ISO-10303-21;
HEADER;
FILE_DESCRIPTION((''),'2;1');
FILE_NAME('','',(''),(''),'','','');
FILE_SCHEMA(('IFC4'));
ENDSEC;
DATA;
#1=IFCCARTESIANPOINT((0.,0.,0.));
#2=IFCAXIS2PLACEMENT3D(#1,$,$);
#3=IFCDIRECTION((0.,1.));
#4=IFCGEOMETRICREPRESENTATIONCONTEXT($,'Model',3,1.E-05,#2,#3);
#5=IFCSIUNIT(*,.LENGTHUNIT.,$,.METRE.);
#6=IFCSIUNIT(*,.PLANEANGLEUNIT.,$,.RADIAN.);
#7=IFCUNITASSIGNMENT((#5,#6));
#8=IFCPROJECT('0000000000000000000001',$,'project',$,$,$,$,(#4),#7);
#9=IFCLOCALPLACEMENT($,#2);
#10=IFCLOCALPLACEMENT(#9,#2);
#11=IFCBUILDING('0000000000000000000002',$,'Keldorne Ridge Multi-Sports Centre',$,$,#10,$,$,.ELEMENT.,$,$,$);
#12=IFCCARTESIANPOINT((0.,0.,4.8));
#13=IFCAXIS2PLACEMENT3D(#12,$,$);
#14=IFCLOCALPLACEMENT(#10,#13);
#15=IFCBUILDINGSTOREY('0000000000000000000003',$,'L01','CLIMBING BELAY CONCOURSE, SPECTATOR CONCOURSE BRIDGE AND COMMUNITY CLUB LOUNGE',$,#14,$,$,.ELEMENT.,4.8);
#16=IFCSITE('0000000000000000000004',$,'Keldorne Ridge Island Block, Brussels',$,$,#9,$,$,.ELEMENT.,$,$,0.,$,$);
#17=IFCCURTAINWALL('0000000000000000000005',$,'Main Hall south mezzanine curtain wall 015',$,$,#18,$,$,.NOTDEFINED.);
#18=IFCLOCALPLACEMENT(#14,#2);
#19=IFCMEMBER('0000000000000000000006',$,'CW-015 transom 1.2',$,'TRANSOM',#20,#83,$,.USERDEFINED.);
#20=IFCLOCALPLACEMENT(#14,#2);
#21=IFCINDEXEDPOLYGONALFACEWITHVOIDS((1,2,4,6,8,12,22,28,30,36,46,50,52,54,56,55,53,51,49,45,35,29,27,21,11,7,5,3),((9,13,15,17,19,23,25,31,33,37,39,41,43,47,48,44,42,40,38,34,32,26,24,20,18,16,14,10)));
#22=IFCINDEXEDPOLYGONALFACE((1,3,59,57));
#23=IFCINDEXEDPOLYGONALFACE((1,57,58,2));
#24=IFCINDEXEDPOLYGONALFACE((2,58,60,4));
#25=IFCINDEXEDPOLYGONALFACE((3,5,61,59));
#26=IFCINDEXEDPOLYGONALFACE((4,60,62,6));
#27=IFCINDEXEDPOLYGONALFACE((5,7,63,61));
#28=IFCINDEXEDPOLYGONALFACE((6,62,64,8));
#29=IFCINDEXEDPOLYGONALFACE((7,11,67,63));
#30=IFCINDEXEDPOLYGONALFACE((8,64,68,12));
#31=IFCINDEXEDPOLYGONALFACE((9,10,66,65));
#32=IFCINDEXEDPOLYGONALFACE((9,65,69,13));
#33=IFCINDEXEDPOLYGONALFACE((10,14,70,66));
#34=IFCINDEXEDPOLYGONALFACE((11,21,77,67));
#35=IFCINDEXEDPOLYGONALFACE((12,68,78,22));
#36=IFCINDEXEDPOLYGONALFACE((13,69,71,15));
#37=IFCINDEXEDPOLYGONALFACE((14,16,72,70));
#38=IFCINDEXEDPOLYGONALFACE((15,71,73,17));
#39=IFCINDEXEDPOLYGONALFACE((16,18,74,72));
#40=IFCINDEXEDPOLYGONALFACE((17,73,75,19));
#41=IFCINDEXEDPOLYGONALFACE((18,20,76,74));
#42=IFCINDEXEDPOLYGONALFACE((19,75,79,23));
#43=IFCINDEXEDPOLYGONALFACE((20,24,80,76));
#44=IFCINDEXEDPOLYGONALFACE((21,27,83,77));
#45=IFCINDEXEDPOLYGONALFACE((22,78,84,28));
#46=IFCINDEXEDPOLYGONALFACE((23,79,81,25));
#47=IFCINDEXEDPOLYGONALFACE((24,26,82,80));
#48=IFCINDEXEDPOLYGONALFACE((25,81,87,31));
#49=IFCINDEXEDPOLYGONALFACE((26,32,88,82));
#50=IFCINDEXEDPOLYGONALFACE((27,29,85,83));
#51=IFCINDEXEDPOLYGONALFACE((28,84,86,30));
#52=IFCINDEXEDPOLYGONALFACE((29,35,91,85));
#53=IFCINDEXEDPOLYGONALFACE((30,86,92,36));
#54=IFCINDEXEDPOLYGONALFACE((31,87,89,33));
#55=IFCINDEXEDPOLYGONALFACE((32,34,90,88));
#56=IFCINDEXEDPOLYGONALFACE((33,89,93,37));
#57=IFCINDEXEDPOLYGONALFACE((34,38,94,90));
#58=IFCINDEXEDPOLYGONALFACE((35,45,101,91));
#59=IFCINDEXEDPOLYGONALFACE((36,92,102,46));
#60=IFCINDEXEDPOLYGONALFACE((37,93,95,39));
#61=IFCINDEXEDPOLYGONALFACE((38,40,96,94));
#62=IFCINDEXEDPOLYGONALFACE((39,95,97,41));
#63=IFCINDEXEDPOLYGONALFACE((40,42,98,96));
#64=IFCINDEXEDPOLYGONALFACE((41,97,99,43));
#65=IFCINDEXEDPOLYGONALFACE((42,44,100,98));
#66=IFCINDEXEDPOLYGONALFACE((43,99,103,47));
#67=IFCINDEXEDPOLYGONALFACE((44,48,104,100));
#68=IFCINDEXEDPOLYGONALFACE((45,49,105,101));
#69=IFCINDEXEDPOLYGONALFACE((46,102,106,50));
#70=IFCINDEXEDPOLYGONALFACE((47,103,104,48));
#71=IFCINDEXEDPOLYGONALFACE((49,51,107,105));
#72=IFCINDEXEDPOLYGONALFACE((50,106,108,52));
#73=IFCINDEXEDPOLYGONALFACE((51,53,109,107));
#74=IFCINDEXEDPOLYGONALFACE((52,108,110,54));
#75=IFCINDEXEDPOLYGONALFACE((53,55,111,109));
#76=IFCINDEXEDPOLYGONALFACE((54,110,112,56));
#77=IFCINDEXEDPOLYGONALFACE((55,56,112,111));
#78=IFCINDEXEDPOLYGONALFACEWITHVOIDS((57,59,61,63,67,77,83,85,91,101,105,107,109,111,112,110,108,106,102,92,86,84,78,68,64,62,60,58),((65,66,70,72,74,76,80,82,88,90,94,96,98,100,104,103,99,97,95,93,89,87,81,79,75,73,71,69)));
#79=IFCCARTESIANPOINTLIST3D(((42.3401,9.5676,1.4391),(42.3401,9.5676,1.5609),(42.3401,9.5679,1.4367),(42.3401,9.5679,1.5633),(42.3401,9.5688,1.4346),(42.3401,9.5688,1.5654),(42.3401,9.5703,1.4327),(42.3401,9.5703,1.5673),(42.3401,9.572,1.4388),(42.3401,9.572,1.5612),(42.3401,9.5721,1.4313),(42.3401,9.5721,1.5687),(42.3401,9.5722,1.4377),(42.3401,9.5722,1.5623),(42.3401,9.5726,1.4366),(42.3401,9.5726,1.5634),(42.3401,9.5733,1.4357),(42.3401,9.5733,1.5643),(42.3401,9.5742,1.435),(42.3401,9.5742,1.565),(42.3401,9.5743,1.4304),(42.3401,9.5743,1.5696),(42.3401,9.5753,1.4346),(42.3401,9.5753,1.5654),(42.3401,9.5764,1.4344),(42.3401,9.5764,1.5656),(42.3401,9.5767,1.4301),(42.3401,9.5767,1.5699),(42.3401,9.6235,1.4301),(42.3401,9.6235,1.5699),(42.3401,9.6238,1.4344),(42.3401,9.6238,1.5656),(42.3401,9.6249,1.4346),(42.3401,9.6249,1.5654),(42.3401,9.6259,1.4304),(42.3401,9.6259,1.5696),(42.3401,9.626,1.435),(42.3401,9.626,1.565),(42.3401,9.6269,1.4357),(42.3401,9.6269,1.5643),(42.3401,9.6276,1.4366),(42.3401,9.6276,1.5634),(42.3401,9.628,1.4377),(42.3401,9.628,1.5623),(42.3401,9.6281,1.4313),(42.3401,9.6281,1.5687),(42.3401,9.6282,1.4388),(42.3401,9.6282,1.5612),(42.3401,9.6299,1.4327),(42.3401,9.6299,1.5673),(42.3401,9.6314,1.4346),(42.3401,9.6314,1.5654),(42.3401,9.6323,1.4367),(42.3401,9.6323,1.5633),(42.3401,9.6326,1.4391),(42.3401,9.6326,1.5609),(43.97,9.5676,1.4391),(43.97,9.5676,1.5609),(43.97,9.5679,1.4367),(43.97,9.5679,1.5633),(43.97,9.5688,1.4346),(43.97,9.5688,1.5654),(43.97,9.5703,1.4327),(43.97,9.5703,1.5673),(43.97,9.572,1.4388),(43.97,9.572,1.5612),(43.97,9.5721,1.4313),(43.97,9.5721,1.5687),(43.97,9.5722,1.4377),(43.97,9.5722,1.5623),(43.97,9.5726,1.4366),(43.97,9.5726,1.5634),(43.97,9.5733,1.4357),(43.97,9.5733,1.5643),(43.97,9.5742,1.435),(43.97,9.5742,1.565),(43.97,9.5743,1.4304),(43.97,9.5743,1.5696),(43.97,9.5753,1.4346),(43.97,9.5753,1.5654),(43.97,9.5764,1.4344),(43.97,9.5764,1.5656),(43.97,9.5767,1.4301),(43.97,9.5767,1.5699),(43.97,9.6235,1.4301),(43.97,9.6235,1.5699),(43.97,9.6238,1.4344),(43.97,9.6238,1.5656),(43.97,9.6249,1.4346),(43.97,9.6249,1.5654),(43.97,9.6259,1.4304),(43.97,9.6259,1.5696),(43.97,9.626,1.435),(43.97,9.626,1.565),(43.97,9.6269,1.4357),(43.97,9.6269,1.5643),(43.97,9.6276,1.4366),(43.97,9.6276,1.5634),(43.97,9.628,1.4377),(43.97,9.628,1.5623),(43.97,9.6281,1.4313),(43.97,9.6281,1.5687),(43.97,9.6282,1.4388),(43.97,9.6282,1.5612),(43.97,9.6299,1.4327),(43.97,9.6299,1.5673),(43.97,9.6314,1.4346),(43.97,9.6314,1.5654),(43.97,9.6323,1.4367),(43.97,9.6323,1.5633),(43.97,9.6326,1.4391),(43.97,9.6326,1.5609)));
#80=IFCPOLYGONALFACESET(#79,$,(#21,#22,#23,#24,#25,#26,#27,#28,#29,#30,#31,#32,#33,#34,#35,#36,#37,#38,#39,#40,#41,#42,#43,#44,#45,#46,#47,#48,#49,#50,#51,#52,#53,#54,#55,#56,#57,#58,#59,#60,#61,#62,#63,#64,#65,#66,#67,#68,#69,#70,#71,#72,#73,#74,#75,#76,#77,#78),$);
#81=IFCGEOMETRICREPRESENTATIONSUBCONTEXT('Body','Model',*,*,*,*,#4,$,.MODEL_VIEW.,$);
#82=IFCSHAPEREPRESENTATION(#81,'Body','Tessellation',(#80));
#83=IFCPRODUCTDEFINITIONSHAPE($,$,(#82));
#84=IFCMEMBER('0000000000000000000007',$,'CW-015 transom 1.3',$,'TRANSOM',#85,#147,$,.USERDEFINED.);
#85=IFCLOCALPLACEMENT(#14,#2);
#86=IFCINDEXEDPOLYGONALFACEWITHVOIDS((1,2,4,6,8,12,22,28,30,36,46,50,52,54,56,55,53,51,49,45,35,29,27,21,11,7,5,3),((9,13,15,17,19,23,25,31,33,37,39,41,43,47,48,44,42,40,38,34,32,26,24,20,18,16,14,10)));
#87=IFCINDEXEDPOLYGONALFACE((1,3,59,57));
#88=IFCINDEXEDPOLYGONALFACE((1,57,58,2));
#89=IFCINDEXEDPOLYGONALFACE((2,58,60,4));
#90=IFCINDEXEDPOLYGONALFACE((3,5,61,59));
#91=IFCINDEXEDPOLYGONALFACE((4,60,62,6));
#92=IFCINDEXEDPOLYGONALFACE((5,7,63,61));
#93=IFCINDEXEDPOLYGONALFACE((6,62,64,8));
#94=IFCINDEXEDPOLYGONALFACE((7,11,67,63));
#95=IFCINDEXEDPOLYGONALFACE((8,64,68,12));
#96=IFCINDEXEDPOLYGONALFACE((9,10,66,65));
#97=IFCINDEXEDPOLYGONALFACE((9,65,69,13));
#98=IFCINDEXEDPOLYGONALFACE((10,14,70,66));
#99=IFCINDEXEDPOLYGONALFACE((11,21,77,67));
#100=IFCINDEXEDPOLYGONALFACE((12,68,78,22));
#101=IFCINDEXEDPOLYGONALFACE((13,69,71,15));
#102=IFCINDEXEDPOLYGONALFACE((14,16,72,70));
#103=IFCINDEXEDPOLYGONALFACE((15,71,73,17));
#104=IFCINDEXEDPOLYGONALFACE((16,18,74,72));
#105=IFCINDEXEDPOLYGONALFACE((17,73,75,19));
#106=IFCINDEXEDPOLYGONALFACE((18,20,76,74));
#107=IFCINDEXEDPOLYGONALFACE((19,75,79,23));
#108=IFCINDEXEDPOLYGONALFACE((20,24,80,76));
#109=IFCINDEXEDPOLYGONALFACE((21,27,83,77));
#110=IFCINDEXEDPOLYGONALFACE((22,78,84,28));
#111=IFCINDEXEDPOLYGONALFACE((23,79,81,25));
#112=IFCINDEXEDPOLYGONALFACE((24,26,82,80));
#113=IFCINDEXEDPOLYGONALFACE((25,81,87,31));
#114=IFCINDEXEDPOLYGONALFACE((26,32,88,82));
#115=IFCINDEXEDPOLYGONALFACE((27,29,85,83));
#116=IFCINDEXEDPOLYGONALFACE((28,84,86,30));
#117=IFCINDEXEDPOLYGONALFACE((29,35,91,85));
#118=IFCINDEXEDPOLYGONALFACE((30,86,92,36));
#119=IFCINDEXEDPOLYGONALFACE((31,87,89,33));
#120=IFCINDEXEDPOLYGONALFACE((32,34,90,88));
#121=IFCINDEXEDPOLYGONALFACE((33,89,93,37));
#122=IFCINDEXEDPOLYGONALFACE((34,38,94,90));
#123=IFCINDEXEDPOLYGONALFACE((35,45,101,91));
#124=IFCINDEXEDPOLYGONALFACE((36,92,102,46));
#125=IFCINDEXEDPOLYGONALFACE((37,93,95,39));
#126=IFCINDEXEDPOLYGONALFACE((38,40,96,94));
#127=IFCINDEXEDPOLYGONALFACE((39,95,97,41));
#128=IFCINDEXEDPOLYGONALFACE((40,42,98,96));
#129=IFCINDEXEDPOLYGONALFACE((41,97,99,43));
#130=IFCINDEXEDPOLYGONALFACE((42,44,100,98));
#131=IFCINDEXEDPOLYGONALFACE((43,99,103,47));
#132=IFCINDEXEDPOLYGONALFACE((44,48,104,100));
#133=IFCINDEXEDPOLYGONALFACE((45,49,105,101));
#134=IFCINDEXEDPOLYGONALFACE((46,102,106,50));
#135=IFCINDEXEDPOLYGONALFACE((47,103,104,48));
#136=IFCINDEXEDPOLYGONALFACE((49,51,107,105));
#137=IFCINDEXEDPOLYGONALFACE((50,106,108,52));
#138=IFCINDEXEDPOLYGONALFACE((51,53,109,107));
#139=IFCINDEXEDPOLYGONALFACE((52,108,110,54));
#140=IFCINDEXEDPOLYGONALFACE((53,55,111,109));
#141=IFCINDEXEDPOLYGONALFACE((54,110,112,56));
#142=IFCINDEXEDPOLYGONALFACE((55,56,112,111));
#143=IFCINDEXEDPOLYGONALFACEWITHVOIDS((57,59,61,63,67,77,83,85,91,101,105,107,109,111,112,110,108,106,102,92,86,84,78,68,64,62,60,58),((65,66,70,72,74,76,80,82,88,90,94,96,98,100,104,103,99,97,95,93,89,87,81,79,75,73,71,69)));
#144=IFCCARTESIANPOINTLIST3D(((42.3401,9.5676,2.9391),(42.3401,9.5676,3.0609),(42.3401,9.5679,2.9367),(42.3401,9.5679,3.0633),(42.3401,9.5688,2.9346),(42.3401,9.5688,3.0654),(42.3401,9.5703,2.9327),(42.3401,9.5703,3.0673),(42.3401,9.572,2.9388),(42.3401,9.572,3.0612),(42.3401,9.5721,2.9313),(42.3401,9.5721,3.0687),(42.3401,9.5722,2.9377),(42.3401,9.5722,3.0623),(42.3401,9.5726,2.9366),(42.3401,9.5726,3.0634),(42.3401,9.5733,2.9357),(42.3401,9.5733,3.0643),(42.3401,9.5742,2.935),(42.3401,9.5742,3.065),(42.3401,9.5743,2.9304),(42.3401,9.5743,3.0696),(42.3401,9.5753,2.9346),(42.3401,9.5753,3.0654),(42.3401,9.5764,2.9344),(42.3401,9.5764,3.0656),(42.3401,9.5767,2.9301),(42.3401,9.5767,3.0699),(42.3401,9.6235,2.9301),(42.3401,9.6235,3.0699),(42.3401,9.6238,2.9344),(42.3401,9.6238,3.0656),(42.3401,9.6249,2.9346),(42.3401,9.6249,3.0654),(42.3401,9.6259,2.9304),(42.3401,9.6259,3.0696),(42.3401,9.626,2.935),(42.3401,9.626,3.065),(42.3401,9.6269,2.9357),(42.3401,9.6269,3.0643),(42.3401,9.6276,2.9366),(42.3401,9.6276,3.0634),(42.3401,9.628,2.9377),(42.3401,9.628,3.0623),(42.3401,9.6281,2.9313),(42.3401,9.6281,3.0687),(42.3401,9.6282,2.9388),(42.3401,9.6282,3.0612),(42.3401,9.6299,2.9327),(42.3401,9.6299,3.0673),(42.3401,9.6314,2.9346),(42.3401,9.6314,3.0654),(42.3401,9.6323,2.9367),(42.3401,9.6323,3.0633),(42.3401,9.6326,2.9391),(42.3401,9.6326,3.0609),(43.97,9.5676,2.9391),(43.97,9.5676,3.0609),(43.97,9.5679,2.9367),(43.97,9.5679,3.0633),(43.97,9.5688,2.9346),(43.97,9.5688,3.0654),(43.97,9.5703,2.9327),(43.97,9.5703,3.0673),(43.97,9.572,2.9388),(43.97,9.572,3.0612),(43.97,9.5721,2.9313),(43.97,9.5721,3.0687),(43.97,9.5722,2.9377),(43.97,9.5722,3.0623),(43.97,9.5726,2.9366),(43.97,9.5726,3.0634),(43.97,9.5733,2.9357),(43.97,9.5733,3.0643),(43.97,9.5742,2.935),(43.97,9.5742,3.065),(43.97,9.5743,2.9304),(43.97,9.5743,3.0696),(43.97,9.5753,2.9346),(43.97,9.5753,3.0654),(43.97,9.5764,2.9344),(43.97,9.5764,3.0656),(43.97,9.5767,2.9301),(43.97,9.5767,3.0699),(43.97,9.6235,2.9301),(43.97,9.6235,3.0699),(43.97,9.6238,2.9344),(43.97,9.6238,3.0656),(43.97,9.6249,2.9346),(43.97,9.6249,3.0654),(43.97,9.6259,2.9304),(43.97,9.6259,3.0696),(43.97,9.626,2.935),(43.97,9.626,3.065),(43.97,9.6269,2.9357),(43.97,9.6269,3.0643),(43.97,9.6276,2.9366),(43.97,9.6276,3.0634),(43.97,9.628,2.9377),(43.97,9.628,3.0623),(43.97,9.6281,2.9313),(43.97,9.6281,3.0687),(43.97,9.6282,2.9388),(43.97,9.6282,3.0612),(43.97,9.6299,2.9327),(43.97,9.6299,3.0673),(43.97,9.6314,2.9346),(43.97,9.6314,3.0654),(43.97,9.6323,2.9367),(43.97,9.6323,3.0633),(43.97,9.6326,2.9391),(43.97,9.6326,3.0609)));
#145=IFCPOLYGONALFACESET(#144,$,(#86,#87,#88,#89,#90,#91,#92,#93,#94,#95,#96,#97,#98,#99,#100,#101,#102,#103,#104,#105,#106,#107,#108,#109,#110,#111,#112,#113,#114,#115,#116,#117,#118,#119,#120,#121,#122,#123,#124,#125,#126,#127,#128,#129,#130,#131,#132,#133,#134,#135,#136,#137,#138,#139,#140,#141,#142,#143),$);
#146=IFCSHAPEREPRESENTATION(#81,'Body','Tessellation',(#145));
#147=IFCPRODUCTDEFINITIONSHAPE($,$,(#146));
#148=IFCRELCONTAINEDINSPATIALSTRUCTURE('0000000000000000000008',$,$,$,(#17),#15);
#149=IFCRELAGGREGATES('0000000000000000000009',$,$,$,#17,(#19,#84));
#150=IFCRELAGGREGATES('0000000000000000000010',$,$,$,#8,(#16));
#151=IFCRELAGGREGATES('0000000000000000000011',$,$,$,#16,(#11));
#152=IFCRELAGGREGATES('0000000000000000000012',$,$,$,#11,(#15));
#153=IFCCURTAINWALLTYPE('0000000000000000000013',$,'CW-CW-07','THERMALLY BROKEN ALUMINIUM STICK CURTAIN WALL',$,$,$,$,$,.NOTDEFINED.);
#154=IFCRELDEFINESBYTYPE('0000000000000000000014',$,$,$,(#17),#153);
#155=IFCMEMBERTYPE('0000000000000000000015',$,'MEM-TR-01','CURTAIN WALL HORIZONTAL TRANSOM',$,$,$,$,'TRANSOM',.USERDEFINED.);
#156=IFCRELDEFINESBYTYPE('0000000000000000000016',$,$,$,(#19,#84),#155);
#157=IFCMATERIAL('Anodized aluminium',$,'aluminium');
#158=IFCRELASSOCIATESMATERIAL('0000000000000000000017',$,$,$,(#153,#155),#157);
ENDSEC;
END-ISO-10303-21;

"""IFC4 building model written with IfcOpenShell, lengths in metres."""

from ifc_helpers import new_model, si_unit, direction, frame, origin, origin_2d, place, context, subcontext, project, spatial, hollow_rectangle, extrude, material, material_profile, profile_set, type_object, element, aggregate, save


model = new_model("IFC4")

# Units and contexts
model_context = context("Model", 3, precision=1e-05, world=origin(), true_north=direction((0.0, 1.0)))
body_context = subcontext(model_context, "Body", "Model", "MODEL_VIEW")
ifc_project = project(units=[si_unit("LENGTHUNIT", "METRE"), si_unit("PLANEANGLEUNIT", "RADIAN")], contexts=[model_context])

# Site, building, storey
site_placement = place(None, origin())
site = spatial("IfcSite", under=ifc_project, at=site_placement, Name="Keldorne Ridge Island Block, Brussels", CompositionType="ELEMENT", RefElevation=0.0)
building_placement = place(site_placement, origin())
building = spatial("IfcBuilding", under=site, at=building_placement, Name="Keldorne Ridge Multi-Sports Centre", CompositionType="ELEMENT")
storey_placement = place(building_placement, frame((0.0, 0.0, 4.8)))
storey = spatial("IfcBuildingStorey", under=building, at=storey_placement, Name="L01", Description="CLIMBING BELAY CONCOURSE, SPECTATOR CONCOURSE BRIDGE AND COMMUNITY CLUB LOUNGE", CompositionType="ELEMENT", Elevation=4.8)

# Curtain wall, members
ifc_material_1 = material(Name="Anodized aluminium", Category="aluminium")
curtain_wall_type = type_object("IfcCurtainWallType", Name="CW-CW-07", Description="THERMALLY BROKEN ALUMINIUM STICK CURTAIN WALL", PredefinedType="NOTDEFINED", material=ifc_material_1)
curtain_wall_placement = place(storey_placement, origin())
curtain_wall = element("IfcCurtainWall", 1, at=curtain_wall_placement, inside=storey, type_object=curtain_wall_type, Name="Main Hall south mezzanine curtain wall 015", PredefinedType="NOTDEFINED")
ifc_material_profile_1 = material_profile(ifc_material_1, hollow_rectangle(XDim=0.0649, YDim=0.1399, WallThickness=0.0044, InnerFilletRadius=0.0044, OuterFilletRadius=0.009, at=origin_2d()), Name="ALU TRANSOM 140x65x4.5")
ifc_profile_set_1 = profile_set([ifc_material_profile_1], Name="Anodized aluminium")
member_type_1 = type_object("IfcMemberType", Name="MEM-TR-01", Description="CURTAIN WALL HORIZONTAL TRANSOM", ElementType="TRANSOM", PredefinedType="USERDEFINED", material=ifc_profile_set_1)
member_1_placement = place(storey_placement, frame((42.3401, 9.6001, 1.5), z_axis=(1.0, 0.0, 0.0), x_axis=(0.0, 1.0, 0.0)))
member_1 = element("IfcMember", 2, at=member_1_placement, type_object=member_type_1, Name="CW-015 transom 1.2", ObjectType="TRANSOM", PredefinedType="USERDEFINED", context=body_context, shape_type="SweptSolid", body=[
    extrude(hollow_rectangle(XDim=0.0649, YDim=0.1399, WallThickness=0.0044, InnerFilletRadius=0.0044, OuterFilletRadius=0.009, at=origin_2d()), origin(), (0.0, 0.0, 1.0), 1.6299),
])
member_2_placement = place(storey_placement, frame((42.3401, 9.6001, 3.0), z_axis=(1.0, 0.0, 0.0), x_axis=(0.0, 1.0, 0.0)))
member_2 = element("IfcMember", 3, at=member_2_placement, type_object=member_type_1, Name="CW-015 transom 1.3", ObjectType="TRANSOM", PredefinedType="USERDEFINED", context=body_context, shape_type="SweptSolid", body=[
    extrude(hollow_rectangle(XDim=0.0649, YDim=0.1399, WallThickness=0.0044, InnerFilletRadius=0.0044, OuterFilletRadius=0.009, at=origin_2d()), origin(), (0.0, 0.0, 1.0), 1.6299),
])
aggregate(curtain_wall, [member_1, member_2])

save(model, "model.ifc")
